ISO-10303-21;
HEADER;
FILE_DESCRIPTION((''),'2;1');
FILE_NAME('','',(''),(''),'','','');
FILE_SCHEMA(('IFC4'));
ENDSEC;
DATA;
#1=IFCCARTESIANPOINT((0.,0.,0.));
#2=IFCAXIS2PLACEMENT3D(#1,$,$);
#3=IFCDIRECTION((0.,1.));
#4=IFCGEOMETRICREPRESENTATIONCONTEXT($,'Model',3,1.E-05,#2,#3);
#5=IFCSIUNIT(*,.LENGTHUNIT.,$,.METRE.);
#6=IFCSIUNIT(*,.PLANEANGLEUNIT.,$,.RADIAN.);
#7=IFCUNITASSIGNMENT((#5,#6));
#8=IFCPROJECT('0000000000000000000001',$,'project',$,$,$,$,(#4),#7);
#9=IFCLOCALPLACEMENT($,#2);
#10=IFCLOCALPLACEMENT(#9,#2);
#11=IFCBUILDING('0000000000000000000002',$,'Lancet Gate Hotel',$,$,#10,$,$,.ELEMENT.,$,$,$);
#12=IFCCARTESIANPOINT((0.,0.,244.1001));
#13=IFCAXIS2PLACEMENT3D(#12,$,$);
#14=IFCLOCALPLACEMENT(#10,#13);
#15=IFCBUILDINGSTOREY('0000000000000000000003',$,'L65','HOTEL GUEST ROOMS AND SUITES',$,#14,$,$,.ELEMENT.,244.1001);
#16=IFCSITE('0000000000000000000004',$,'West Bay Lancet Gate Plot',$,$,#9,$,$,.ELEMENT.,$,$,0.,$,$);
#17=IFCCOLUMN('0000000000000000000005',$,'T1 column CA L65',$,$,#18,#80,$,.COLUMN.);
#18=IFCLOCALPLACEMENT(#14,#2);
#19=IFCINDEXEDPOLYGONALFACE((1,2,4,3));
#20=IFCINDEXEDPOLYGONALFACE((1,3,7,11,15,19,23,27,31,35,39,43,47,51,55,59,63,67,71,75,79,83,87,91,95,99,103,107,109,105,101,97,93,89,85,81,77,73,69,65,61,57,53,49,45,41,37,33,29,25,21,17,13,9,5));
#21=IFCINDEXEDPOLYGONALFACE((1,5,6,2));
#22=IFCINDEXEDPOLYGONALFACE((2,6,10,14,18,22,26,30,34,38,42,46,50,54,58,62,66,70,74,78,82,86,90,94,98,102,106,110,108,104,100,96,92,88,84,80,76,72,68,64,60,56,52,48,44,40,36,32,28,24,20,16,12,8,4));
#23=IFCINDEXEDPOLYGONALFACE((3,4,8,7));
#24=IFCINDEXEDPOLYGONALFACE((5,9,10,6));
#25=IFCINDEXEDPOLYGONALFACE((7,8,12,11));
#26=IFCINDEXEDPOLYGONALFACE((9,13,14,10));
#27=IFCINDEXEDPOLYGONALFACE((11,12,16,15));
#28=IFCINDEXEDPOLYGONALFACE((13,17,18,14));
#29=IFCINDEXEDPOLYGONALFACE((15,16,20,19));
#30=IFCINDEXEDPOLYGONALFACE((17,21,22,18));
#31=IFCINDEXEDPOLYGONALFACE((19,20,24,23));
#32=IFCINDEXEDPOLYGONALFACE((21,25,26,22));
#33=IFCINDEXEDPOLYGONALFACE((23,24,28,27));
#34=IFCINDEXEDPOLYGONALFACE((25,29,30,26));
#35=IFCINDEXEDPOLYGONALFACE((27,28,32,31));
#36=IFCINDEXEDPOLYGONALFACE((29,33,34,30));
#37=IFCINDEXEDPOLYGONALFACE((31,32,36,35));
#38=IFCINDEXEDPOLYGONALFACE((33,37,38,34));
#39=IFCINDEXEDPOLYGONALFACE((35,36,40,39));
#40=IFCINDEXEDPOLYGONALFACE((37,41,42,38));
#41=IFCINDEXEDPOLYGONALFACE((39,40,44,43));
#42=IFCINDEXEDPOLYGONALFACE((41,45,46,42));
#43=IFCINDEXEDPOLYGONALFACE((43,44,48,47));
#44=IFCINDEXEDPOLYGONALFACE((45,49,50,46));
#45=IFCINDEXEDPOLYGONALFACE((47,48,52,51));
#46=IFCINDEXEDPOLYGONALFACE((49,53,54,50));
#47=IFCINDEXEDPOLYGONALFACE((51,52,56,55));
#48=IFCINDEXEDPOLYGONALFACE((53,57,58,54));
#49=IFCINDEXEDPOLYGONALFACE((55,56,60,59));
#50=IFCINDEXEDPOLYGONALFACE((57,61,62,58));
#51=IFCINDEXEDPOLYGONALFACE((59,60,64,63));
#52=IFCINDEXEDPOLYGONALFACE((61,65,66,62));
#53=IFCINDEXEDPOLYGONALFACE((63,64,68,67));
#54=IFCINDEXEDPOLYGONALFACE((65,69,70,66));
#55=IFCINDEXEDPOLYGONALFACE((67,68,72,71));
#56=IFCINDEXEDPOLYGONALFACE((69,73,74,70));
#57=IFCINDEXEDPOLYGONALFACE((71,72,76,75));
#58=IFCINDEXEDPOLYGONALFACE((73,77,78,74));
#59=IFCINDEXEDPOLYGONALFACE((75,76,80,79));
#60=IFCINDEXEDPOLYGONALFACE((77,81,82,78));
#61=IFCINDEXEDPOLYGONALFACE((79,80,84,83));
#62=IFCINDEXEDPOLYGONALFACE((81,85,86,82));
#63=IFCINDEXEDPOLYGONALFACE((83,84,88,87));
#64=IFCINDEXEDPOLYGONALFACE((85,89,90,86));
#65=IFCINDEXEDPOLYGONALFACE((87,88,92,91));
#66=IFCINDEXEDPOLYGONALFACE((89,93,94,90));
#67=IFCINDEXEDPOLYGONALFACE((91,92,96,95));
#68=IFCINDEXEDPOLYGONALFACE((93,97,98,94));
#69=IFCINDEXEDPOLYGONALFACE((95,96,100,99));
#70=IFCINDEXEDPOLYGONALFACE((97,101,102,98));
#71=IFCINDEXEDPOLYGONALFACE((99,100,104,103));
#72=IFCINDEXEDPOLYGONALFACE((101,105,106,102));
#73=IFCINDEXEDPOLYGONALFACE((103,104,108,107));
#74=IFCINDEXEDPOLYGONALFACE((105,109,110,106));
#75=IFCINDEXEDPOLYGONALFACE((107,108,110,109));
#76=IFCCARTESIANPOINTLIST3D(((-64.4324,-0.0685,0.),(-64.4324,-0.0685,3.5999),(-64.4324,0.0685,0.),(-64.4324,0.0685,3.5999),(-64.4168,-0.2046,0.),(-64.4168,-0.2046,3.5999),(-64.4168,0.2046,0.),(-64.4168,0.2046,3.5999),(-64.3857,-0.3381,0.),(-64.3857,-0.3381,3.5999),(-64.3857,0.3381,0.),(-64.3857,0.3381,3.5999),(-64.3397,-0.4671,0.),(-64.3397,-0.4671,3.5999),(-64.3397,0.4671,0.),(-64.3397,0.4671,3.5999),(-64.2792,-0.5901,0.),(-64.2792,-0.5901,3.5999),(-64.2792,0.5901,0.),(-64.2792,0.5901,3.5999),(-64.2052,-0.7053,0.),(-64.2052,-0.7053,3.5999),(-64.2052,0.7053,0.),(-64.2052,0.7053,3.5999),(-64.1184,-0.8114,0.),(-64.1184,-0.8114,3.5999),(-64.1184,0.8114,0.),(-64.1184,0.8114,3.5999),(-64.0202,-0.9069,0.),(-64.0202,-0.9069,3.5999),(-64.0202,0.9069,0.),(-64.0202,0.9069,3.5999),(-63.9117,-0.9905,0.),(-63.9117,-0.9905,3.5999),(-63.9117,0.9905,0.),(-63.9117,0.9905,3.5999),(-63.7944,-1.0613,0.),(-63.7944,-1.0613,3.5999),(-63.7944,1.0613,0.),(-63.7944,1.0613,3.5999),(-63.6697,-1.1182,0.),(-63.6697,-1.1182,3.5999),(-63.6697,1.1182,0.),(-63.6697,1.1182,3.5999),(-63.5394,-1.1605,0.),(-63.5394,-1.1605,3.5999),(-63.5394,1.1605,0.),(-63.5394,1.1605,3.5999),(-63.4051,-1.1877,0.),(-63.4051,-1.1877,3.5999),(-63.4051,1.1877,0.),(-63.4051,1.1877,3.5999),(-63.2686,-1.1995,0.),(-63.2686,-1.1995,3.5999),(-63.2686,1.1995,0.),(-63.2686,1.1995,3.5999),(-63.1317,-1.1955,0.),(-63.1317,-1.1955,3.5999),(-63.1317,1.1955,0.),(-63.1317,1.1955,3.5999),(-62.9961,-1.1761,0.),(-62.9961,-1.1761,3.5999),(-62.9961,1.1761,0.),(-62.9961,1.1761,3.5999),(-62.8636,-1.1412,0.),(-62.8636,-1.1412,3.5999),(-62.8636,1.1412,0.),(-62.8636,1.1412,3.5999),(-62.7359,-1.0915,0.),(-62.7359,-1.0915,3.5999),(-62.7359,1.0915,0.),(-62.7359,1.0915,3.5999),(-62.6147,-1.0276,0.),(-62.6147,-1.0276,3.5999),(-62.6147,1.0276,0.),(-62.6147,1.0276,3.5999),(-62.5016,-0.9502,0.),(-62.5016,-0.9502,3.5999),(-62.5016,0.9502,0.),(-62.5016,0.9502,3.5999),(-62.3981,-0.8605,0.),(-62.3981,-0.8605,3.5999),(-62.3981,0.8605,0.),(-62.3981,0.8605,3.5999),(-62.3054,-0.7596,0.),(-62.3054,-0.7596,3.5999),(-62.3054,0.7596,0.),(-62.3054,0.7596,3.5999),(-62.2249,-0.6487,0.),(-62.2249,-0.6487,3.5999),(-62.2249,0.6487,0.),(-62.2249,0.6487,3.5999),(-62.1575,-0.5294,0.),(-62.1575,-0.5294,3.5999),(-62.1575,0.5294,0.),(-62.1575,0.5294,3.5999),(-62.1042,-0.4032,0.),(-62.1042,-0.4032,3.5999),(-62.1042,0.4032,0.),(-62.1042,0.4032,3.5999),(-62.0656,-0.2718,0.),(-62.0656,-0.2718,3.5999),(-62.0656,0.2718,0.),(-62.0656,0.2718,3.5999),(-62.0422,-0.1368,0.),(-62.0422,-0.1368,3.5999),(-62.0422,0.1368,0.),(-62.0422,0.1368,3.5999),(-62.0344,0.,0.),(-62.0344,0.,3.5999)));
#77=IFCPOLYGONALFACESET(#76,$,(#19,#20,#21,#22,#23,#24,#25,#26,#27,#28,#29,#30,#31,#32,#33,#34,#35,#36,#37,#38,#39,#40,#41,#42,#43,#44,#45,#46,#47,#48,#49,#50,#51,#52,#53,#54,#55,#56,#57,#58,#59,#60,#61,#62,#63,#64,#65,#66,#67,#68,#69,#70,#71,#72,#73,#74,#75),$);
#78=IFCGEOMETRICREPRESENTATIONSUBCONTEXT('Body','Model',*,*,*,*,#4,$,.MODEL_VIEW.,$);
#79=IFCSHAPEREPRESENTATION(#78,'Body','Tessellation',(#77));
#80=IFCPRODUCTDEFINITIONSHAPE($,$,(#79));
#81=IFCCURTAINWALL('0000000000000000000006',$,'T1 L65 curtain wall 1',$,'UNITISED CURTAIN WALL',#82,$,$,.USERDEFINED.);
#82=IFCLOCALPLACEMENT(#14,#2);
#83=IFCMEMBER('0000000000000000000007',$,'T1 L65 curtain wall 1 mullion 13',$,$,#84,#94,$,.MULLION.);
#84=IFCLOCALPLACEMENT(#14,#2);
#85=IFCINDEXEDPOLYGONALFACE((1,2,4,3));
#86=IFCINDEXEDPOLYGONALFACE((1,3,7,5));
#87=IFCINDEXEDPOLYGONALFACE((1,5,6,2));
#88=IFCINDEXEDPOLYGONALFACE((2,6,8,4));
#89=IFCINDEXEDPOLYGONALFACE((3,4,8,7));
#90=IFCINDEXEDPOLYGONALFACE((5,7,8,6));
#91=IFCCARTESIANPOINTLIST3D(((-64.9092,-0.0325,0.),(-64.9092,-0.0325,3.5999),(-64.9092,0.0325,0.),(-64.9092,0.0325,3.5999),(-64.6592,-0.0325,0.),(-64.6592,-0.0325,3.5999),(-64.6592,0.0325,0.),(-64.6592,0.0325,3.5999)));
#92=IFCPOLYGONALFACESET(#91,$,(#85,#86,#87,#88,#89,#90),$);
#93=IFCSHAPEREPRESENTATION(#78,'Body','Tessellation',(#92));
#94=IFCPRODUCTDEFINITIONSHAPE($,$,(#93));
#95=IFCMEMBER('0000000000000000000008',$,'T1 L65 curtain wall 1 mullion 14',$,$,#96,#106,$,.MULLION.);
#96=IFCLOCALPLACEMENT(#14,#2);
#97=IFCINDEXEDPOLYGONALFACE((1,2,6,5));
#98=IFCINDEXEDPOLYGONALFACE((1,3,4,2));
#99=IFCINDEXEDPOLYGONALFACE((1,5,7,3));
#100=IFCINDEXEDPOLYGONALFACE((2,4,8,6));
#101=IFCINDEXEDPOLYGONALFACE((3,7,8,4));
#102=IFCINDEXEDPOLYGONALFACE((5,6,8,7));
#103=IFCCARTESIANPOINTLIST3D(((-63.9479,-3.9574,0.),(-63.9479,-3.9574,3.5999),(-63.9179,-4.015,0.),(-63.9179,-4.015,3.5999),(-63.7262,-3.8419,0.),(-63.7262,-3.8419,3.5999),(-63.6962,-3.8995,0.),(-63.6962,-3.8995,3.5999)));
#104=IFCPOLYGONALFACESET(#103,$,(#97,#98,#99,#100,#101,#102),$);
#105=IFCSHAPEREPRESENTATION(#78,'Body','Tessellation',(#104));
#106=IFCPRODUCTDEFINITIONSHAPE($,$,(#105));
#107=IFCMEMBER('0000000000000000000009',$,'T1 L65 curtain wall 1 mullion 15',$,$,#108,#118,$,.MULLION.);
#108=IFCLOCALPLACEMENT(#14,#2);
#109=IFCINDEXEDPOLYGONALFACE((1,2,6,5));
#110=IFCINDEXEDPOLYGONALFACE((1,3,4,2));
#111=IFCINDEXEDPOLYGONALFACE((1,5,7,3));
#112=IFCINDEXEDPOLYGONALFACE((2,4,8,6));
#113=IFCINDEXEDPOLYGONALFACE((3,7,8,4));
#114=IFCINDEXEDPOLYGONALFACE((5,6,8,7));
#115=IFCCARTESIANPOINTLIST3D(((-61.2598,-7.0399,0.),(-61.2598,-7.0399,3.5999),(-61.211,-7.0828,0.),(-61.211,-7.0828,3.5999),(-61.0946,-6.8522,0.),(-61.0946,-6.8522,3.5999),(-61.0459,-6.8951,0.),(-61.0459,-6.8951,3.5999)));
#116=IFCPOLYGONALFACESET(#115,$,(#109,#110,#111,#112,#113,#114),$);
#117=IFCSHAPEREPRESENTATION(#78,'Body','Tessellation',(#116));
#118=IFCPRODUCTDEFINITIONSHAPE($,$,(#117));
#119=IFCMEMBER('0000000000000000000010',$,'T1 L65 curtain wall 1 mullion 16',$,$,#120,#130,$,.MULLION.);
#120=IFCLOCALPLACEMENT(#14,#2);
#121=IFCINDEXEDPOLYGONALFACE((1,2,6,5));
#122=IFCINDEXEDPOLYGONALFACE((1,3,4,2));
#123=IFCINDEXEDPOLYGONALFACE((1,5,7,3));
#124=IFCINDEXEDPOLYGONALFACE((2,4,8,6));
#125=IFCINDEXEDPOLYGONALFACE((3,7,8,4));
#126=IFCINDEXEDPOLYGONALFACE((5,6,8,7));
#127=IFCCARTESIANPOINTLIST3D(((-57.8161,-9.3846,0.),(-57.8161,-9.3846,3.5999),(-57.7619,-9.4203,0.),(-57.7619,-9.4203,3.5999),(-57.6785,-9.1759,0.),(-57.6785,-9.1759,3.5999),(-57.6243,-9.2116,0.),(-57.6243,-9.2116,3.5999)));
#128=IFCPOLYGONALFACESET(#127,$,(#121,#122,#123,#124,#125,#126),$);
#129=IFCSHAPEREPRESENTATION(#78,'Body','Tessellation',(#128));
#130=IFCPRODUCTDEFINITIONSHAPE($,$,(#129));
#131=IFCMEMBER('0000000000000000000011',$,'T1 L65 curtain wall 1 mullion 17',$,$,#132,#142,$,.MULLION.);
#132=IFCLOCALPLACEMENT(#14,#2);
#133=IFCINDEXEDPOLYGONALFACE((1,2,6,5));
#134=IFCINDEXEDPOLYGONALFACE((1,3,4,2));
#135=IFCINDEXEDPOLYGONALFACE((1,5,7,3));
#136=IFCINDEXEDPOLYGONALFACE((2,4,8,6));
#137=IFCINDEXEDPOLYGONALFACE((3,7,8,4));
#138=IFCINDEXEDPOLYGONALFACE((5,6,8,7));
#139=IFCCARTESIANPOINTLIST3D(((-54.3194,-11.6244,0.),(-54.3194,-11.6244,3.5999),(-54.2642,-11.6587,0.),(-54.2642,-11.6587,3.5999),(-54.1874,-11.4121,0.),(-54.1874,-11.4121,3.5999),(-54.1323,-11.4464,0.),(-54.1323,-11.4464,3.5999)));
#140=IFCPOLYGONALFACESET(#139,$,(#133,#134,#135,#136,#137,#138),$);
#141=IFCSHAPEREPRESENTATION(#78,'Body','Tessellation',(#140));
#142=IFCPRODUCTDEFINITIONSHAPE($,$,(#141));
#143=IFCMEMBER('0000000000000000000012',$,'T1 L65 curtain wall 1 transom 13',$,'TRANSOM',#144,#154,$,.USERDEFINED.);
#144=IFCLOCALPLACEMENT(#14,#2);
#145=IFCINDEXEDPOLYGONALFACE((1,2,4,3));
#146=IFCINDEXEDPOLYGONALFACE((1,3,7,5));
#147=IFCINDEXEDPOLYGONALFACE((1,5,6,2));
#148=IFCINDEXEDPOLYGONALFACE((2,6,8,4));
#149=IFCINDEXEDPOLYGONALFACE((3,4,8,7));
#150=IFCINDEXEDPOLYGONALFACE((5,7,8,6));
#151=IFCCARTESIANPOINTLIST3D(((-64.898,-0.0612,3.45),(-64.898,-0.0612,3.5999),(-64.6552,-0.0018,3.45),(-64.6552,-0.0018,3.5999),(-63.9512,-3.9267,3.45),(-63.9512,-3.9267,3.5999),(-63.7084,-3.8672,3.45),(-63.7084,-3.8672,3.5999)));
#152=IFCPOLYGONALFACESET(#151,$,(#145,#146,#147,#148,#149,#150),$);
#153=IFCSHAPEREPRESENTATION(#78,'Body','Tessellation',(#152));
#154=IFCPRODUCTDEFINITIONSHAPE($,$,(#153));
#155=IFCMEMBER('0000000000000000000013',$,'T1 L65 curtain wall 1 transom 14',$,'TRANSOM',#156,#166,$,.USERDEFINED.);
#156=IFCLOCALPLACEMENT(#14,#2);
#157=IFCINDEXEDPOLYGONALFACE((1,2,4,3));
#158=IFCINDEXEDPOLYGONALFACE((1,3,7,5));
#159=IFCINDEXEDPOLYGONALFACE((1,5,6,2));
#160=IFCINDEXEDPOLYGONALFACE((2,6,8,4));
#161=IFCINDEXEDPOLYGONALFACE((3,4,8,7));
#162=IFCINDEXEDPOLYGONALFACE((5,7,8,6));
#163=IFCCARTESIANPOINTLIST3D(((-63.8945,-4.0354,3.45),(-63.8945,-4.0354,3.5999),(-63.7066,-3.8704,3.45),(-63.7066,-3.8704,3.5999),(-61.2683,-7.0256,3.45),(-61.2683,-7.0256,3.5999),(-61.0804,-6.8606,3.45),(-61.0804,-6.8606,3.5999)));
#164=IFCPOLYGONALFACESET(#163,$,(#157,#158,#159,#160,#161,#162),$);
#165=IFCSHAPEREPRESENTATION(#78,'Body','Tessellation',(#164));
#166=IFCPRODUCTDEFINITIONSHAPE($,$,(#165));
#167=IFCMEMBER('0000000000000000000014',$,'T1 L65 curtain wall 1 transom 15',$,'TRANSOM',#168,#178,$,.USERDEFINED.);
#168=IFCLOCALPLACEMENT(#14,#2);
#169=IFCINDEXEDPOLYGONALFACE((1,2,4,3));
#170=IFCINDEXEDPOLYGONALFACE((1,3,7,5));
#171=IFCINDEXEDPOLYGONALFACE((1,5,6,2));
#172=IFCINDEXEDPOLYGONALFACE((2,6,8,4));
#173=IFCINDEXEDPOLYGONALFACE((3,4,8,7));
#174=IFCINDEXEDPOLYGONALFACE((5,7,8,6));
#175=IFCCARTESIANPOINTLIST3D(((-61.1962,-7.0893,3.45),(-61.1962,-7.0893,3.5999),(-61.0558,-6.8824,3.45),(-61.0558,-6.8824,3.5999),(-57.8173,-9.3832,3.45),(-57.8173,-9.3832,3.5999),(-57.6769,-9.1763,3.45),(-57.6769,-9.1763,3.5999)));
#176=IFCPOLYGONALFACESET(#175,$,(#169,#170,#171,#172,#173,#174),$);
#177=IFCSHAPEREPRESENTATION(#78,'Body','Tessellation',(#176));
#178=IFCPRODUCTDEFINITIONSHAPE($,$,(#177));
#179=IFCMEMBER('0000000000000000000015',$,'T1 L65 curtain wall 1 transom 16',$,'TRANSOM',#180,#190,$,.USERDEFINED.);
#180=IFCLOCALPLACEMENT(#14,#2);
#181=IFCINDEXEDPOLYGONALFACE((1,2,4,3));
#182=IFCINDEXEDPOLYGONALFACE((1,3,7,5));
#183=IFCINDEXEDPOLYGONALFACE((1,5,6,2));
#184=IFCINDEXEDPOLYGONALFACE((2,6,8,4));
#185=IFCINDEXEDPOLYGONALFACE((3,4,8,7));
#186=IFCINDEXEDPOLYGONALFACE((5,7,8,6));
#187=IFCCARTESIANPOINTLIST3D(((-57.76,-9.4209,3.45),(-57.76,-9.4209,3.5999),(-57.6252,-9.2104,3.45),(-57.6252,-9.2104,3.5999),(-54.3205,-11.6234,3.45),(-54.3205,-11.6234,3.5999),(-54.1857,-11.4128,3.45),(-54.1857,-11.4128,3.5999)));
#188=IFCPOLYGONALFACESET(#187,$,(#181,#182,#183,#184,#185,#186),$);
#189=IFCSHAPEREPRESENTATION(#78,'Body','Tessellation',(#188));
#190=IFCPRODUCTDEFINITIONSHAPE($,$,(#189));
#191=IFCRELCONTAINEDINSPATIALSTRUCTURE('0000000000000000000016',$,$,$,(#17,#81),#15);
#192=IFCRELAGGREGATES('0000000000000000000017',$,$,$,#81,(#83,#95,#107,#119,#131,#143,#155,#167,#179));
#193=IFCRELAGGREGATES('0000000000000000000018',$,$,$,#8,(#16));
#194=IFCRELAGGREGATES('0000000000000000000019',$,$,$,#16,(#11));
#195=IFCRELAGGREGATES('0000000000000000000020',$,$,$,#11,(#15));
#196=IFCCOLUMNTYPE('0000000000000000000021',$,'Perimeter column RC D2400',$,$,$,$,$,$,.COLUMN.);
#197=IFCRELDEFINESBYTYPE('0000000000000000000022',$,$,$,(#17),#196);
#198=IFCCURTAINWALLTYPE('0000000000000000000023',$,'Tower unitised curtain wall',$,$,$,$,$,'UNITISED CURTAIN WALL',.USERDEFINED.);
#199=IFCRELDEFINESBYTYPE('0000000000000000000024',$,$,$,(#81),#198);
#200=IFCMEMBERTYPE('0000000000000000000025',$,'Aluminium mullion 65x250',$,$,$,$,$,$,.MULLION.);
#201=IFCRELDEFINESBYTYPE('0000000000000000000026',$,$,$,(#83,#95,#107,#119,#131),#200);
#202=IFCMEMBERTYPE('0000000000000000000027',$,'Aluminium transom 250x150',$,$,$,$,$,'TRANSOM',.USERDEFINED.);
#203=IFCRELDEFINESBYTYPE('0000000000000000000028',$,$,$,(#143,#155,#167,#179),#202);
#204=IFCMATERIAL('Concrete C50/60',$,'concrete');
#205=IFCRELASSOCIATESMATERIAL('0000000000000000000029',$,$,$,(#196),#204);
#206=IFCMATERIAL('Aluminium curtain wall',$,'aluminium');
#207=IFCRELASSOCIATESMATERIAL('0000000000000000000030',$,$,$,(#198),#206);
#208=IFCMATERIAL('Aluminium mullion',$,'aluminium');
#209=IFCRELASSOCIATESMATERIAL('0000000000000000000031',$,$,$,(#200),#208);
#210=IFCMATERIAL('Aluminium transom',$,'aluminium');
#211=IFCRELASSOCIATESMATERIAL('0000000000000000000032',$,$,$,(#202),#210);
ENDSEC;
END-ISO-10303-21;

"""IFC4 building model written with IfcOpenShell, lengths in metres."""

from ifc_helpers import new_model, si_unit, direction, frame, origin, origin_2d, place, context, subcontext, project, spatial, rectangle, circle, extrude, material, material_profile, profile_set, type_object, element, aggregate, save


model = new_model("IFC4")

# Units and contexts
model_context = context("Model", 3, precision=1e-05, world=origin(), true_north=direction((0.0, 1.0)))
body_context = subcontext(model_context, "Body", "Model", "MODEL_VIEW")
ifc_project = project(units=[si_unit("LENGTHUNIT", "METRE"), si_unit("PLANEANGLEUNIT", "RADIAN")], contexts=[model_context])

# Site, building, storey
site_placement = place(None, origin())
site = spatial("IfcSite", under=ifc_project, at=site_placement, Name="West Bay Lancet Gate Plot", CompositionType="ELEMENT", RefElevation=0.0)
building_placement = place(site_placement, origin())
building = spatial("IfcBuilding", under=site, at=building_placement, Name="Lancet Gate Hotel", CompositionType="ELEMENT")
storey_placement = place(building_placement, frame((0.0, 0.0, 244.1001)))
storey = spatial("IfcBuildingStorey", under=building, at=storey_placement, Name="L65", Description="HOTEL GUEST ROOMS AND SUITES", CompositionType="ELEMENT", Elevation=244.1001)

# Column
ifc_material_1 = material(Name="Concrete C50/60", Category="concrete")
ifc_material_profile_1 = material_profile(ifc_material_1, circle(Radius=1.2, at=origin_2d()), Name="RC D2400")
ifc_profile_set_1 = profile_set([ifc_material_profile_1], Name="Concrete C50/60")
column_type = type_object("IfcColumnType", Name="Perimeter column RC D2400", PredefinedType="COLUMN", material=ifc_profile_set_1)
column_placement = place(storey_placement, frame((-63.2344, 0.0, 0.0), z_axis=(0.0, 0.0, 1.0), x_axis=(1.0, 0.0, 0.0)))
element("IfcColumn", 1, at=column_placement, inside=storey, type_object=column_type, Name="T1 column CA L65", PredefinedType="COLUMN", context=body_context, shape_type="SweptSolid", body=[
    extrude(circle(Radius=1.2, at=origin_2d()), origin(), (0.0, 0.0, 1.0), 3.5999),
])

# Curtain wall, members
ifc_material_2 = material(Name="Aluminium curtain wall", Category="aluminium")
curtain_wall_type = type_object("IfcCurtainWallType", Name="Tower unitised curtain wall", ElementType="UNITISED CURTAIN WALL", PredefinedType="USERDEFINED", material=ifc_material_2)
curtain_wall_placement = place(storey_placement, origin())
curtain_wall = element("IfcCurtainWall", 2, at=curtain_wall_placement, inside=storey, type_object=curtain_wall_type, Name="T1 L65 curtain wall 1", ObjectType="UNITISED CURTAIN WALL", PredefinedType="USERDEFINED")
ifc_material_3 = material(Name="Aluminium mullion", Category="aluminium")
ifc_material_profile_2 = material_profile(ifc_material_3, rectangle(XDim=0.0649, YDim=0.25, at=origin_2d()), Name="MULLION 65x250")
ifc_profile_set_2 = profile_set([ifc_material_profile_2], Name="Aluminium mullion")
member_type_1 = type_object("IfcMemberType", Name="Aluminium mullion 65x250", PredefinedType="MULLION", material=ifc_profile_set_2)
member_1_placement = place(storey_placement, frame((-64.7842, 0.0, 0.0), z_axis=(0.0, 0.0, 1.0), x_axis=(0.0, -1.0, 0.0)))
member_1 = element("IfcMember", 3, at=member_1_placement, type_object=member_type_1, Name="T1 L65 curtain wall 1 mullion 13", PredefinedType="MULLION", context=body_context, shape_type="SweptSolid", body=[
    extrude(rectangle(XDim=0.0649, YDim=0.25, at=origin_2d()), origin(), (0.0, 0.0, 1.0), 3.5999),
])
member_2_placement = place(storey_placement, frame((-63.822, -3.9285, 0.0), z_axis=(0.0, 0.0, 1.0), x_axis=(0.462178, -0.886787, 0.0)))
member_2 = element("IfcMember", 4, at=member_2_placement, type_object=member_type_1, Name="T1 L65 curtain wall 1 mullion 14", PredefinedType="MULLION", context=body_context, shape_type="SweptSolid", body=[
    extrude(rectangle(XDim=0.0649, YDim=0.25, at=origin_2d()), origin(), (0.0, 0.0, 1.0), 3.5999),
])
member_3_placement = place(storey_placement, frame((-61.1528, -6.9675, 0.0), z_axis=(0.0, 0.0, 1.0), x_axis=(0.750716, -0.660626, 0.0)))
member_3 = element("IfcMember", 5, at=member_3_placement, type_object=member_type_1, Name="T1 L65 curtain wall 1 mullion 15", PredefinedType="MULLION", context=body_context, shape_type="SweptSolid", body=[
    extrude(rectangle(XDim=0.0649, YDim=0.25, at=origin_2d()), origin(), (0.0, 0.0, 1.0), 3.5999),
])
member_4_placement = place(storey_placement, frame((-57.7202, -9.2981, 0.0), z_axis=(0.0, 0.0, 1.0), x_axis=(0.834827, -0.550512, 0.0)))
member_4 = element("IfcMember", 6, at=member_4_placement, type_object=member_type_1, Name="T1 L65 curtain wall 1 mullion 16", PredefinedType="MULLION", context=body_context, shape_type="SweptSolid", body=[
    extrude(rectangle(XDim=0.0649, YDim=0.25, at=origin_2d()), origin(), (0.0, 0.0, 1.0), 3.5999),
])
member_5_placement = place(storey_placement, frame((-54.2258, -11.5354, 0.0), z_axis=(0.0, 0.0, 1.0), x_axis=(0.849342, -0.527842, 0.0)))
member_5 = element("IfcMember", 7, at=member_5_placement, type_object=member_type_1, Name="T1 L65 curtain wall 1 mullion 17", PredefinedType="MULLION", context=body_context, shape_type="SweptSolid", body=[
    extrude(rectangle(XDim=0.0649, YDim=0.25, at=origin_2d()), origin(), (0.0, 0.0, 1.0), 3.5999),
])
ifc_material_4 = material(Name="Aluminium transom", Category="aluminium")
ifc_material_profile_3 = material_profile(ifc_material_4, rectangle(XDim=0.25, YDim=0.1499, at=origin_2d()), Name="TRANSOM 250x150")
ifc_profile_set_3 = profile_set([ifc_material_profile_3], Name="Aluminium transom")
member_type_2 = type_object("IfcMemberType", Name="Aluminium transom 250x150", ElementType="TRANSOM", PredefinedType="USERDEFINED", material=ifc_profile_set_3)
member_6_placement = place(storey_placement, frame((-64.7766, -0.0315, 3.5249), z_axis=(0.237899, -0.97129, 0.0), x_axis=(0.97129, 0.237899, 0.0)))
member_6 = element("IfcMember", 8, at=member_6_placement, type_object=member_type_2, Name="T1 L65 curtain wall 1 transom 13", ObjectType="TRANSOM", PredefinedType="USERDEFINED", context=body_context, shape_type="SweptSolid", body=[
    extrude(rectangle(XDim=0.25, YDim=0.1499, at=origin_2d()), origin(), (0.0, 0.0, 1.0), 3.9797),
])
member_7_placement = place(storey_placement, frame((-63.8005, -3.9529, 3.5249), z_axis=(0.659893, -0.751359, 0.0), x_axis=(0.751359, 0.659893, 0.0)))
member_7 = element("IfcMember", 9, at=member_7_placement, type_object=member_type_2, Name="T1 L65 curtain wall 1 transom 14", ObjectType="TRANSOM", PredefinedType="USERDEFINED", context=body_context, shape_type="SweptSolid", body=[
    extrude(rectangle(XDim=0.25, YDim=0.1499, at=origin_2d()), origin(), (0.0, 0.0, 1.0), 3.9797),
])
member_8_placement = place(storey_placement, frame((-61.126, -6.9858, 3.5249), z_axis=(0.827349, -0.561689, 0.0), x_axis=(0.561689, 0.827349, 0.0)))
member_8 = element("IfcMember", 10, at=member_8_placement, type_object=member_type_2, Name="T1 L65 curtain wall 1 transom 15", ObjectType="TRANSOM", PredefinedType="USERDEFINED", context=body_context, shape_type="SweptSolid", body=[
    extrude(rectangle(XDim=0.25, YDim=0.1499, at=origin_2d()), origin(), (0.0, 0.0, 1.0), 4.084),
])
member_9_placement = place(storey_placement, frame((-57.6926, -9.3157, 3.5249), z_axis=(0.842144, -0.539252, 0.0), x_axis=(0.539252, 0.842144, 0.0)))
member_9 = element("IfcMember", 11, at=member_9_placement, type_object=member_type_2, Name="T1 L65 curtain wall 1 transom 16", ObjectType="TRANSOM", PredefinedType="USERDEFINED", context=body_context, shape_type="SweptSolid", body=[
    extrude(rectangle(XDim=0.25, YDim=0.1499, at=origin_2d()), origin(), (0.0, 0.0, 1.0), 4.0842),
])

aggregate(curtain_wall, [member_1, member_2, member_3, member_4, member_5, member_6, member_7, member_8, member_9])

save(model, "model.ifc")
